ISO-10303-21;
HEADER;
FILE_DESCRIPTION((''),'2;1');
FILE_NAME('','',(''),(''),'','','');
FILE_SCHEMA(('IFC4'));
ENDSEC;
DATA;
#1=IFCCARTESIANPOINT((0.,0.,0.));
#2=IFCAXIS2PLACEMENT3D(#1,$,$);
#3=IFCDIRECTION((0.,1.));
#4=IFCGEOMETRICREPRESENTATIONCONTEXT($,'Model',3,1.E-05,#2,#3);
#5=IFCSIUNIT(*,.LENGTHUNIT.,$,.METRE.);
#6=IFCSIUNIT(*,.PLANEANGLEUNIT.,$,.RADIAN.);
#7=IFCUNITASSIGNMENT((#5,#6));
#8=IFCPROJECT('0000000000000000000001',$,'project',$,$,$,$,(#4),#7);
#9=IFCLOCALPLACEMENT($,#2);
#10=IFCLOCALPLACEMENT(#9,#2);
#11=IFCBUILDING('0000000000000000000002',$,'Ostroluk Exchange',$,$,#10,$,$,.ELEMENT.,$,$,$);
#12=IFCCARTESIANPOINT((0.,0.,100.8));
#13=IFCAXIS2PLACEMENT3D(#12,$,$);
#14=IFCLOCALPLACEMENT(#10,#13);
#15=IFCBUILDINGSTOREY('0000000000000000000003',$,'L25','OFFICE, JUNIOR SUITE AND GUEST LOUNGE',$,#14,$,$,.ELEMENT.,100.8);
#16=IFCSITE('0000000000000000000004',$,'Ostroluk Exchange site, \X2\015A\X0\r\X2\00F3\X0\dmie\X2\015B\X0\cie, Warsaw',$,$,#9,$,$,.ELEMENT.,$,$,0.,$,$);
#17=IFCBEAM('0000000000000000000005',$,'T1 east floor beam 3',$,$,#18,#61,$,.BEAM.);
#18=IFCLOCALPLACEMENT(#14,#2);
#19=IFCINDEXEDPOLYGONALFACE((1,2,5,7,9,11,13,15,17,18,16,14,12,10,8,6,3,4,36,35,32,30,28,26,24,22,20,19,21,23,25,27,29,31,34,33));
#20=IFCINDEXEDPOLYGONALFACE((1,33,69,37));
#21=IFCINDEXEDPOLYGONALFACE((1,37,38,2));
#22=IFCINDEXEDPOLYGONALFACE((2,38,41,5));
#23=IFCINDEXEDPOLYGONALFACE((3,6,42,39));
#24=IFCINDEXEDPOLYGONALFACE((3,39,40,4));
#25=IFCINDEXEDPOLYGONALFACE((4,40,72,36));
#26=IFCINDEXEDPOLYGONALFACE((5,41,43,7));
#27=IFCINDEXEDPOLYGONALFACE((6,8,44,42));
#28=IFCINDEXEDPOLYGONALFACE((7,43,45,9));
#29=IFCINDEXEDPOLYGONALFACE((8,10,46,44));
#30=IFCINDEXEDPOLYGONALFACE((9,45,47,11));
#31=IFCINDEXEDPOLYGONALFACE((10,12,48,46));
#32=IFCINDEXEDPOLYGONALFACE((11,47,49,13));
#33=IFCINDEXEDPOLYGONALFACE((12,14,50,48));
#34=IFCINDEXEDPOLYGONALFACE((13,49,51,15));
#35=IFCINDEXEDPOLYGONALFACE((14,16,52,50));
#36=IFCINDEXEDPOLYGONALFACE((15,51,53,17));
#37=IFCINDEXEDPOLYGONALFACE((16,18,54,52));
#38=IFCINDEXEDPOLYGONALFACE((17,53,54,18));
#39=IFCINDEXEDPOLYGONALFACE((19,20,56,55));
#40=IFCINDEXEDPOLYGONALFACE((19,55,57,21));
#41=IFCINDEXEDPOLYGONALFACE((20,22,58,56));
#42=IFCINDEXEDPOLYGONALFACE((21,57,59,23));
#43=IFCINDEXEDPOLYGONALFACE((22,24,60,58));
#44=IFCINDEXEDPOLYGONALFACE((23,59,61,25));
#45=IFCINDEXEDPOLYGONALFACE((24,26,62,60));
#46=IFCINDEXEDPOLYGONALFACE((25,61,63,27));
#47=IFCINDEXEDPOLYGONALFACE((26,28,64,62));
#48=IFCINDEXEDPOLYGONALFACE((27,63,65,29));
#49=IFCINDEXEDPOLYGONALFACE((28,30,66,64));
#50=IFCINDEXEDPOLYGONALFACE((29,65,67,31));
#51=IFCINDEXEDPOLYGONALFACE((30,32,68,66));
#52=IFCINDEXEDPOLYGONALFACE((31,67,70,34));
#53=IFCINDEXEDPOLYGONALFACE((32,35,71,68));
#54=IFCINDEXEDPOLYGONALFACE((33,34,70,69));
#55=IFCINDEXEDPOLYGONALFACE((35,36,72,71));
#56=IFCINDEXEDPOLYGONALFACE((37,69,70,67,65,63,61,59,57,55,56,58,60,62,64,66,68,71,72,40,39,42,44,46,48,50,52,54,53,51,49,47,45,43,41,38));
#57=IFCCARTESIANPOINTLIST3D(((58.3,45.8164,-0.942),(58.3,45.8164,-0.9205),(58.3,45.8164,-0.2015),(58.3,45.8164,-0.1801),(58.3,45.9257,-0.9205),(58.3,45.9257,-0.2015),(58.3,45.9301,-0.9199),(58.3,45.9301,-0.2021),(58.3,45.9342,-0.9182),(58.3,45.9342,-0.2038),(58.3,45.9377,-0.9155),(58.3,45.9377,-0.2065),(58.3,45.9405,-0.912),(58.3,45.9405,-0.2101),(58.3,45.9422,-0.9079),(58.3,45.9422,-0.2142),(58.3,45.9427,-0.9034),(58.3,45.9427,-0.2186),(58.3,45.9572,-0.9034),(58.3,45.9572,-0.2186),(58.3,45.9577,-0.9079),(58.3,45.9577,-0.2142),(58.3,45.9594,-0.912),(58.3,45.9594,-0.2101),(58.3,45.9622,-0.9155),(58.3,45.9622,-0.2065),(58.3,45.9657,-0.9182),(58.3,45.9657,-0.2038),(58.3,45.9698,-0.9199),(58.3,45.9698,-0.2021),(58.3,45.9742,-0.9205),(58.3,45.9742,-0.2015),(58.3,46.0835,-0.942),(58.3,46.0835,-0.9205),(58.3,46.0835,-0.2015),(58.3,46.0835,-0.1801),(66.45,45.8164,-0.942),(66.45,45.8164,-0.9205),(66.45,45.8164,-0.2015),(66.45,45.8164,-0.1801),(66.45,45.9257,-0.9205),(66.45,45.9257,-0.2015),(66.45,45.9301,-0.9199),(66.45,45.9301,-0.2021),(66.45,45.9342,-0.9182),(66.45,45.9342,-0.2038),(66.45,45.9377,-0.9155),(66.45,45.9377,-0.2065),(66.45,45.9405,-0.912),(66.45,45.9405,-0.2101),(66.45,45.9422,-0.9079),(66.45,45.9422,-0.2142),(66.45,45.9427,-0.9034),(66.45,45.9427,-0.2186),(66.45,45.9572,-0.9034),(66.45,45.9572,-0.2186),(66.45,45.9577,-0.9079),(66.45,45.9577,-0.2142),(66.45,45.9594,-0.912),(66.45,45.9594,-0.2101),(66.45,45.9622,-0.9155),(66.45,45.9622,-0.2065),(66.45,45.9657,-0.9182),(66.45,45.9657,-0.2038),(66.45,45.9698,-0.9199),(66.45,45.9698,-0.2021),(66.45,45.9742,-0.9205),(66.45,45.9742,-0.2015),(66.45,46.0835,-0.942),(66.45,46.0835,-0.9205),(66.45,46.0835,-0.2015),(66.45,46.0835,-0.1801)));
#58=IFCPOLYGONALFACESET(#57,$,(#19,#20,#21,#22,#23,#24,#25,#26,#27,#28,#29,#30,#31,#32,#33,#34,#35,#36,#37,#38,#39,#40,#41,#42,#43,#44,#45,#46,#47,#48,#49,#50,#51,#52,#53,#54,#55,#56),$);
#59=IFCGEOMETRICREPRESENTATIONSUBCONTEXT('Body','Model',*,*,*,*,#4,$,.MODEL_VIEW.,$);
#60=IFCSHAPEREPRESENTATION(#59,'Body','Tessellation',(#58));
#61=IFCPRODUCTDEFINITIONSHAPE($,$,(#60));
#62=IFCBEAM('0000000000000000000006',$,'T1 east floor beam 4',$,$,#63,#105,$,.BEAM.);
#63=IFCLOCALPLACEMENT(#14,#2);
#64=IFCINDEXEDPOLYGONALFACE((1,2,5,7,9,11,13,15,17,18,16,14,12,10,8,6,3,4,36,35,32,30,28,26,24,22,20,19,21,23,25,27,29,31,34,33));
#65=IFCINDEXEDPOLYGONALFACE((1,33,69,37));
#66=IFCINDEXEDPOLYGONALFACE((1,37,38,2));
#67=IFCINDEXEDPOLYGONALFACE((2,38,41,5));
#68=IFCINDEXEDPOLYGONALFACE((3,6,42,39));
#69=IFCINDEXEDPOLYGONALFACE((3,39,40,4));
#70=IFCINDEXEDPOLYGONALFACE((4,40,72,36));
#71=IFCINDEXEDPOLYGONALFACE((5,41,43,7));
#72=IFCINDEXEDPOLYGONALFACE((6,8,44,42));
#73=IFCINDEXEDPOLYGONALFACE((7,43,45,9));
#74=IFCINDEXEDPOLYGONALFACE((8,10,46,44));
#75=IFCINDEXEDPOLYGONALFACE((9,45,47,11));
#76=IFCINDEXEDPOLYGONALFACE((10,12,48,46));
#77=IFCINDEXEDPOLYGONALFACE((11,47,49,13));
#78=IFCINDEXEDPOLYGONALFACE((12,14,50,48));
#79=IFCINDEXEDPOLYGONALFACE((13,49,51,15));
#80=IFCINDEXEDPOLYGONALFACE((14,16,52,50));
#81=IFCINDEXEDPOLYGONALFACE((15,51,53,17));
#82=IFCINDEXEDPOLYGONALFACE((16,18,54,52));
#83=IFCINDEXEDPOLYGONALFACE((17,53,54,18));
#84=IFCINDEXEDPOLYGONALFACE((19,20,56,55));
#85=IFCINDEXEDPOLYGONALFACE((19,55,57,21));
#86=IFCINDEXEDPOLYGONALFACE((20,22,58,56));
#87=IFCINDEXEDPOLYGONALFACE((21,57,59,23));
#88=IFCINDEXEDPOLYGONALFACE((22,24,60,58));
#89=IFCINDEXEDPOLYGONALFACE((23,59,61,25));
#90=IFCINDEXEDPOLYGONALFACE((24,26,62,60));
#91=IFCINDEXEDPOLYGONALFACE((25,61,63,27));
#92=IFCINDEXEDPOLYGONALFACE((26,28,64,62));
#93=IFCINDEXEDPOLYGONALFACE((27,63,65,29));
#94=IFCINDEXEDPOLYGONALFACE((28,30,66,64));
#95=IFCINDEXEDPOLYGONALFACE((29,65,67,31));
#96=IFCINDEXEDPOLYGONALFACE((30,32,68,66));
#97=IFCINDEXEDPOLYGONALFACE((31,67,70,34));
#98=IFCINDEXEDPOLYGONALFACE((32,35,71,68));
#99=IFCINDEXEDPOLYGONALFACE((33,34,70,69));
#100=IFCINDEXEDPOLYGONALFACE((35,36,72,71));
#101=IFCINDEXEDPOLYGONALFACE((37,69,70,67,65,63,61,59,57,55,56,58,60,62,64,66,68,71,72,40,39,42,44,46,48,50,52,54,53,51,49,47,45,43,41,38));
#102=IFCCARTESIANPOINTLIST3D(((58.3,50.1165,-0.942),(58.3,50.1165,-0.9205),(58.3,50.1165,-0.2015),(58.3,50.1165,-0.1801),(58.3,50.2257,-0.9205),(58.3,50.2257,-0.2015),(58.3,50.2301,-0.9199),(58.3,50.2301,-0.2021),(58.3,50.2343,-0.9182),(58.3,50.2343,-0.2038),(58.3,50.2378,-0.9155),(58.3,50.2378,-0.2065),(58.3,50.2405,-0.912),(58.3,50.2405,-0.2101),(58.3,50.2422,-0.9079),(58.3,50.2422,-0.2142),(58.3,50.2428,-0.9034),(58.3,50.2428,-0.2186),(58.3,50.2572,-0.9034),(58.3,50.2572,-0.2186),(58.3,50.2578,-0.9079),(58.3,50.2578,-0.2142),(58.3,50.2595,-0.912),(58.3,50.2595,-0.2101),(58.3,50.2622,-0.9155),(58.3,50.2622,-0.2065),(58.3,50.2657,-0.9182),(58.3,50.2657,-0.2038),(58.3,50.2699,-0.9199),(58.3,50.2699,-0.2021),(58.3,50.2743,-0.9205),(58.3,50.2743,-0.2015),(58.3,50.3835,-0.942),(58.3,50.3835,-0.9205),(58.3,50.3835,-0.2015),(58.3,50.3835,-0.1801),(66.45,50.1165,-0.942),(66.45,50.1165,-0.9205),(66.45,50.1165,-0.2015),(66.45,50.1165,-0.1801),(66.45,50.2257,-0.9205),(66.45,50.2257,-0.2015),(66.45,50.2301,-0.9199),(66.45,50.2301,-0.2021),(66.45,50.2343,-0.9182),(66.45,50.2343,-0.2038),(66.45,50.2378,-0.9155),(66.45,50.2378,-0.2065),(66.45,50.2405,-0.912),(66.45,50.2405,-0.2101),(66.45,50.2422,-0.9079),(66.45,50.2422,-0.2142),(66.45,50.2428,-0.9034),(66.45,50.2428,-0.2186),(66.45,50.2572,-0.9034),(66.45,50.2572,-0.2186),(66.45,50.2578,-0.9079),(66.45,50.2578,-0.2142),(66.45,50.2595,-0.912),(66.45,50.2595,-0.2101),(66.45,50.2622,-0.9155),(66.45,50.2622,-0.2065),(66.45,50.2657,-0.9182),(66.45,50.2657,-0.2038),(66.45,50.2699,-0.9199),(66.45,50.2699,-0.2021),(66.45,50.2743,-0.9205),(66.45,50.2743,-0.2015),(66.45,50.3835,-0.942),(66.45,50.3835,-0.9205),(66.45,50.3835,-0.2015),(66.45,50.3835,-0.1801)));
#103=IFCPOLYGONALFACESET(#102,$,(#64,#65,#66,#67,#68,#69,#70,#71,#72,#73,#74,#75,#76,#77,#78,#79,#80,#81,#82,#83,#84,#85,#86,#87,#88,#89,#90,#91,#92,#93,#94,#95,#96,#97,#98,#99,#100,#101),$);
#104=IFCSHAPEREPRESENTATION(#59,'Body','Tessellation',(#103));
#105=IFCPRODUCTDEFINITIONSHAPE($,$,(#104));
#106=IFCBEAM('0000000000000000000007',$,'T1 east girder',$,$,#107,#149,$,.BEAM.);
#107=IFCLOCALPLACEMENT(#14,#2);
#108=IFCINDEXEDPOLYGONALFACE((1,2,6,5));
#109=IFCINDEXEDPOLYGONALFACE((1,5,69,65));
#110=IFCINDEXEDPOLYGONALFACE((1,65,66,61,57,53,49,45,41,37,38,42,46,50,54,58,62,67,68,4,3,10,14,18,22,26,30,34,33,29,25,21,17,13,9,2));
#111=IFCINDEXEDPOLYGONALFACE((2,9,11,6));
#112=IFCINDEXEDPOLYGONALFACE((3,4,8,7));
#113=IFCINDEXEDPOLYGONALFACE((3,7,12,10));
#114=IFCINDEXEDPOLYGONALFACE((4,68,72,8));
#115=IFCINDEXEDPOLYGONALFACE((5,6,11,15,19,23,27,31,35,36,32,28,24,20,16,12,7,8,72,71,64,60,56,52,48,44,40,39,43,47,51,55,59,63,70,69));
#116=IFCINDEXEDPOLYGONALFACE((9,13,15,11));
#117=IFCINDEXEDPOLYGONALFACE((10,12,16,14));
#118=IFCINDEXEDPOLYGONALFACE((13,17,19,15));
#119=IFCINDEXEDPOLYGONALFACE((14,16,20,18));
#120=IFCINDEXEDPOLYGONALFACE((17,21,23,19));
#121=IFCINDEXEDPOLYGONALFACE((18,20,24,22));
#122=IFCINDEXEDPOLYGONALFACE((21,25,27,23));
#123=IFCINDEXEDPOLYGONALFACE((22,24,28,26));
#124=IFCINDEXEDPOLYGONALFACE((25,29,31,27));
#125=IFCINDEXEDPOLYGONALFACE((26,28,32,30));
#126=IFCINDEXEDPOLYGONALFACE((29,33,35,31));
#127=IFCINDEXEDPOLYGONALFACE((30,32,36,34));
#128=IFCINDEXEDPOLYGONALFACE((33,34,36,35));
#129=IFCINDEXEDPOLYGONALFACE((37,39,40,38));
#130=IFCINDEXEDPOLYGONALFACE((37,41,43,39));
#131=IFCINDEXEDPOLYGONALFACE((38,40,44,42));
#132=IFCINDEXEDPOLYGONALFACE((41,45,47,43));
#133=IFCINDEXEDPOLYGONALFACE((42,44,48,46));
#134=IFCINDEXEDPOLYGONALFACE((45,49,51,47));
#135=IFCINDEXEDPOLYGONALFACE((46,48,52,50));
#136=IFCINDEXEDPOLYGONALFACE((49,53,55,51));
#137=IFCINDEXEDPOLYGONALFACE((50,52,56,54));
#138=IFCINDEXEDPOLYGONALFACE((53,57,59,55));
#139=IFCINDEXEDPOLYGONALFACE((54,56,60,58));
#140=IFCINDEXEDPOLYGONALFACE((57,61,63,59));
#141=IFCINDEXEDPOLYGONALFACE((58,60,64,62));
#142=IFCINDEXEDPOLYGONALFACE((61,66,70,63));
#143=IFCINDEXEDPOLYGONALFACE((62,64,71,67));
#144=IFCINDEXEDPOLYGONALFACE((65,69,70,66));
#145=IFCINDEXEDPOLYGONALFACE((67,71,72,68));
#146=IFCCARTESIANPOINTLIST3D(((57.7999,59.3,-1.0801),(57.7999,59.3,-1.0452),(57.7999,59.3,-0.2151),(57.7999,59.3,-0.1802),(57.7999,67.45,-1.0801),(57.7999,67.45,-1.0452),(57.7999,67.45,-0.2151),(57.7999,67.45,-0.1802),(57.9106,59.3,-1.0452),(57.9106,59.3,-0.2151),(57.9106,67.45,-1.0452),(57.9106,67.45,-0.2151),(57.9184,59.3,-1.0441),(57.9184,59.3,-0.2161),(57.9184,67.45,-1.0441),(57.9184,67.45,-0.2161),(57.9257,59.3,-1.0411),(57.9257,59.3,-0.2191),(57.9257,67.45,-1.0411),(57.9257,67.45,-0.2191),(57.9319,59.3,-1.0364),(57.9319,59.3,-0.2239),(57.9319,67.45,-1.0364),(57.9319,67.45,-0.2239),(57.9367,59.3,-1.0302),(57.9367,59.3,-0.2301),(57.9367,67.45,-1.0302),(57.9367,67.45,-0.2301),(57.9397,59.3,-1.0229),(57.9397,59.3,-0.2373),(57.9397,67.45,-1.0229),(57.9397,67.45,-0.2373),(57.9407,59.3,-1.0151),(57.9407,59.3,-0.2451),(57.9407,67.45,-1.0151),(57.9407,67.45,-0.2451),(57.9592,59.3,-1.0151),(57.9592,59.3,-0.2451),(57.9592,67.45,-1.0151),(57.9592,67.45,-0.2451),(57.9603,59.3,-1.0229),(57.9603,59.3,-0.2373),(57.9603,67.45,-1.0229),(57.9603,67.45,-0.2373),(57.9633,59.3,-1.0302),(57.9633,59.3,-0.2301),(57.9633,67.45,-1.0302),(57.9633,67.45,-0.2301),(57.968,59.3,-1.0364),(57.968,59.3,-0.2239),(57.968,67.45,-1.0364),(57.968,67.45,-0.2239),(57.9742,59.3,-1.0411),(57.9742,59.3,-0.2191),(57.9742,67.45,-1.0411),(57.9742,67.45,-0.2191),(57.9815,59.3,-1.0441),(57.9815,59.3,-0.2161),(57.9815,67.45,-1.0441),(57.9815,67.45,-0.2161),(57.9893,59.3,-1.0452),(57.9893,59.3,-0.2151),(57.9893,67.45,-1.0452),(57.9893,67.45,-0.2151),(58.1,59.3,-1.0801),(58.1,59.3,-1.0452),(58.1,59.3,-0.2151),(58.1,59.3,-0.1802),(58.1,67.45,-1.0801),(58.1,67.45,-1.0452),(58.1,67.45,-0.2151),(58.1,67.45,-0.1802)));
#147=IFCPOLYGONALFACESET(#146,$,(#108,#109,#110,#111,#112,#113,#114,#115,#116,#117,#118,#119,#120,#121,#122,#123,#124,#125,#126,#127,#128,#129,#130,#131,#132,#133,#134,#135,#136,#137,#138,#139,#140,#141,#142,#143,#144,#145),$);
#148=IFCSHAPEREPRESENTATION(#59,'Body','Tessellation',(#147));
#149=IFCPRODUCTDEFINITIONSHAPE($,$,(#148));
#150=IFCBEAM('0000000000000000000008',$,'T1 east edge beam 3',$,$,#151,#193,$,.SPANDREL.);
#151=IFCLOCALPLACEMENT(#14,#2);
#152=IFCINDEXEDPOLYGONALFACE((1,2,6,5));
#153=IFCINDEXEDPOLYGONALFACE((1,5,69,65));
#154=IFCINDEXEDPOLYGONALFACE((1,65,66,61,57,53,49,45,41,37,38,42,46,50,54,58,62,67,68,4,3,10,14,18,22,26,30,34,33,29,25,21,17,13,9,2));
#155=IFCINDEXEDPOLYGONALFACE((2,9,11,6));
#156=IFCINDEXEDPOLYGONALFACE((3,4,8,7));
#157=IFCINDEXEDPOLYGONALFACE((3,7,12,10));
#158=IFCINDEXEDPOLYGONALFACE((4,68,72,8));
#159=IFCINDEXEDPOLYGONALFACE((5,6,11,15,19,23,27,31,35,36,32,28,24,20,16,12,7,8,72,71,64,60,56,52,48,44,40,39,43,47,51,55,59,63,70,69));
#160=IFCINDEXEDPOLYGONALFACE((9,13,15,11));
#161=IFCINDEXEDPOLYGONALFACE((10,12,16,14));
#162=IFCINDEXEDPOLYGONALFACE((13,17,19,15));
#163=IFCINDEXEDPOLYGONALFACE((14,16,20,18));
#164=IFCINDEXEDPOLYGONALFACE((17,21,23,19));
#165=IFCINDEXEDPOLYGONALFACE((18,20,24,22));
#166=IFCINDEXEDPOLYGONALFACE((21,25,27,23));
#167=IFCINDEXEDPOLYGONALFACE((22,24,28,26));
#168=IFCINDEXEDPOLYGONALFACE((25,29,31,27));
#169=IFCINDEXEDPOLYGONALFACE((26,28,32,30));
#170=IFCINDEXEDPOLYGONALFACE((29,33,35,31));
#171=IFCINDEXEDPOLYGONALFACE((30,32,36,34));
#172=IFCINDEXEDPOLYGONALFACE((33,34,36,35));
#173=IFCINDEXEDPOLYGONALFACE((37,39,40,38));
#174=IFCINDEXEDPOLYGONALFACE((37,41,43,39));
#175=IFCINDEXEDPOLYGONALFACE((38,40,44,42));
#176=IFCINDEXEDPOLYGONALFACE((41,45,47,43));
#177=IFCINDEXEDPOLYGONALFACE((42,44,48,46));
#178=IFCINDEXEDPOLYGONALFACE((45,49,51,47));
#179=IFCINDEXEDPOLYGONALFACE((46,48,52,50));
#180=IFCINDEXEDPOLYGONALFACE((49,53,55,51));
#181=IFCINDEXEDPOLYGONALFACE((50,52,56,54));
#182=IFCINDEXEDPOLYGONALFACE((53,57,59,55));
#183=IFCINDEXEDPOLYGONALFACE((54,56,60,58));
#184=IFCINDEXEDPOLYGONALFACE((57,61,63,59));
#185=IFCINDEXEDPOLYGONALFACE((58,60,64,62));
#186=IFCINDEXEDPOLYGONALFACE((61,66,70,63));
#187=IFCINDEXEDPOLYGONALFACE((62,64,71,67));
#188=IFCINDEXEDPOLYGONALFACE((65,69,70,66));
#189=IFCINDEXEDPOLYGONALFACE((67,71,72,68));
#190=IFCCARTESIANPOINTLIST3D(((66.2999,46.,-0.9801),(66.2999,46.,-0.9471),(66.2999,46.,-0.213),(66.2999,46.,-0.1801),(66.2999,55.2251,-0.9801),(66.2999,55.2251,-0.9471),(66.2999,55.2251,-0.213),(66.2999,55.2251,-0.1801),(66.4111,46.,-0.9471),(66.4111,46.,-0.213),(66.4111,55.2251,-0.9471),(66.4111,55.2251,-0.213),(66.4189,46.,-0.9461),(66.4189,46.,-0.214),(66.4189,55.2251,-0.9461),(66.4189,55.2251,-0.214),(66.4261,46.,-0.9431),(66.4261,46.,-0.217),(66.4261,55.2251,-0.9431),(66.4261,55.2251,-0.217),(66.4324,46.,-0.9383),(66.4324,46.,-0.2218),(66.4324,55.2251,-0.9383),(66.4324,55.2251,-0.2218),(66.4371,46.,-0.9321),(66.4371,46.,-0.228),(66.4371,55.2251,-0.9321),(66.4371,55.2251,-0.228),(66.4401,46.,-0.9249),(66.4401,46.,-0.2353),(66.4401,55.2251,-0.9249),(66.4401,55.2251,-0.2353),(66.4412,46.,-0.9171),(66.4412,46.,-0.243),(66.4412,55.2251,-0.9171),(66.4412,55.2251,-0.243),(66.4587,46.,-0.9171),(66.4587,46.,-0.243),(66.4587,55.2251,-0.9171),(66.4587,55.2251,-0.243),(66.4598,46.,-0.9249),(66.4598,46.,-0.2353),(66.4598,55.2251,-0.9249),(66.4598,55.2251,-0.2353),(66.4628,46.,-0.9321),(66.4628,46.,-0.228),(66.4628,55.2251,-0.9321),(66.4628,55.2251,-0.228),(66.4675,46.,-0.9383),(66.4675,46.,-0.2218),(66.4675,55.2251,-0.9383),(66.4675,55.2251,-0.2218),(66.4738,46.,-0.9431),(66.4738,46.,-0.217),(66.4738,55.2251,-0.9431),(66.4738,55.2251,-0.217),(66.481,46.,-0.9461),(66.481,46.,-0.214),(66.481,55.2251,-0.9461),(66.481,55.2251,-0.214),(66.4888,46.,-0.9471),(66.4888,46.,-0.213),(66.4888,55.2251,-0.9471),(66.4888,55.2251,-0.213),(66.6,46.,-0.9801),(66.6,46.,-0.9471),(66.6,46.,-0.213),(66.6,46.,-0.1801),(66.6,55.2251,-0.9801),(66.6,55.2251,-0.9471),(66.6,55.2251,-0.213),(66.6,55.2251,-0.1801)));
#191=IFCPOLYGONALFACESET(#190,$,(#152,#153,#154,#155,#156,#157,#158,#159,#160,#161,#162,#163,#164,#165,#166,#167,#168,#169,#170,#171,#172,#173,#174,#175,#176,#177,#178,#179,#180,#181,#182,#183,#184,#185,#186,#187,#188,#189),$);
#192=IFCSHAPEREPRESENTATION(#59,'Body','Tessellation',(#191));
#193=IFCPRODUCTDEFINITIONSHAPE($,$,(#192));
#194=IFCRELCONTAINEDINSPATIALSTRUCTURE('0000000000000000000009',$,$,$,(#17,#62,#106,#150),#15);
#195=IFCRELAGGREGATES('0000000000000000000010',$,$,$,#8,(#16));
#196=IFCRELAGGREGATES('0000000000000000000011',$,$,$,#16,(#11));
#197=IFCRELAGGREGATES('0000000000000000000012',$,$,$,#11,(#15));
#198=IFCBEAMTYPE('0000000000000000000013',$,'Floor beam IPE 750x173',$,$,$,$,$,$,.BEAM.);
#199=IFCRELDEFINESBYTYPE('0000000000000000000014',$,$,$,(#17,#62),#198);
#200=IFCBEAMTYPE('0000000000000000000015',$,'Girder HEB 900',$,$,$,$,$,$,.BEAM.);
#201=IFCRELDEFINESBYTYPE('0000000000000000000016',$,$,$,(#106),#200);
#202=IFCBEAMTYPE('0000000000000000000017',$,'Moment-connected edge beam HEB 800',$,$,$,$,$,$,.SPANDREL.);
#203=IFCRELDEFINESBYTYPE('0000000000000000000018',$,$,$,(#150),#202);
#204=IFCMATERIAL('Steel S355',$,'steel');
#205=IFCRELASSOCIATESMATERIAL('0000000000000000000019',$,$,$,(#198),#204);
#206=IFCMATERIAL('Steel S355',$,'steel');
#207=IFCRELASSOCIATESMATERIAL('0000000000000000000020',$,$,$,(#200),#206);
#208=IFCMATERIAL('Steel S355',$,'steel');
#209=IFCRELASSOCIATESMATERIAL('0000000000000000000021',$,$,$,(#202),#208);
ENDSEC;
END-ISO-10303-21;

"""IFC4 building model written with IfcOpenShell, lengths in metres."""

from ifc_helpers import new_model, si_unit, direction, frame, origin, origin_2d, place, context, subcontext, project, spatial, i_section, extrude, material, material_profile, profile_set, type_object, element, save


model = new_model("IFC4")

# Units and contexts
model_context = context("Model", 3, precision=1e-05, world=origin(), true_north=direction((0.0, 1.0)))
body_context = subcontext(model_context, "Body", "Model", "MODEL_VIEW")
ifc_project = project(units=[si_unit("LENGTHUNIT", "METRE"), si_unit("PLANEANGLEUNIT", "RADIAN")], contexts=[model_context])

# Site, building, storey
site_placement = place(None, origin())
site = spatial("IfcSite", under=ifc_project, at=site_placement, Name="Ostroluk Exchange site, Śródmieście, Warsaw", CompositionType="ELEMENT", RefElevation=0.0)
building_placement = place(site_placement, origin())
building = spatial("IfcBuilding", under=site, at=building_placement, Name="Ostroluk Exchange", CompositionType="ELEMENT")
storey_placement = place(building_placement, frame((0.0, 0.0, 100.8)))
storey = spatial("IfcBuildingStorey", under=building, at=storey_placement, Name="L25", Description="OFFICE, JUNIOR SUITE AND GUEST LOUNGE", CompositionType="ELEMENT", Elevation=100.8)

# Beams
ifc_material_1 = material(Name="Steel S355", Category="steel")
ifc_material_profile_1 = material_profile(ifc_material_1, i_section(OverallWidth=0.2671, OverallDepth=0.762, WebThickness=0.0144, FlangeThickness=0.0215, FilletRadius=0.0171, at=origin_2d()), Name="IPE 750x173")
ifc_profile_set_1 = profile_set([ifc_material_profile_1], Name="Steel S355")
beam_type_1 = type_object("IfcBeamType", Name="Floor beam IPE 750x173", PredefinedType="BEAM", material=ifc_profile_set_1)
for number, where, z_axis, x_axis, name in (
    (1, (58.3, 45.95, -0.561), (1.0, 0.0, 0.0), (0.0, 1.0, 0.0), "T1 east floor beam 3"),
    (2, (58.3, 50.25, -0.561), (1.0, 0.0, 0.0), (0.0, 1.0, 0.0), "T1 east floor beam 4"),
):
    element("IfcBeam", number, at=place(storey_placement, frame(where, z_axis=z_axis, x_axis=x_axis)), inside=storey, type_object=beam_type_1, Name=name, PredefinedType="BEAM", context=body_context, shape_type="SweptSolid", body=[
        extrude(i_section(OverallWidth=0.2671, OverallDepth=0.762, WebThickness=0.0144, FlangeThickness=0.0215, FilletRadius=0.0171, at=origin_2d()), origin(), (0.0, 0.0, 1.0), 8.1499),
    ])
ifc_material_2 = material(Name="Steel S355", Category="steel")
ifc_material_profile_2 = material_profile(ifc_material_2, i_section(OverallWidth=0.3, OverallDepth=0.8999, WebThickness=0.0186, FlangeThickness=0.0349, FilletRadius=0.03, at=origin_2d()), Name="HEB 900")
ifc_profile_set_2 = profile_set([ifc_material_profile_2], Name="Steel S355")
beam_type_2 = type_object("IfcBeamType", Name="Girder HEB 900", PredefinedType="BEAM", material=ifc_profile_set_2)
beam_1_placement = place(storey_placement, frame((57.95, 59.3, -0.6301), z_axis=(0.0, 1.0, 0.0), x_axis=(-1.0, 0.0, 0.0)))
element("IfcBeam", 3, at=beam_1_placement, inside=storey, type_object=beam_type_2, Name="T1 east girder", PredefinedType="BEAM", context=body_context, shape_type="SweptSolid", body=[
    extrude(i_section(OverallWidth=0.3, OverallDepth=0.8999, WebThickness=0.0186, FlangeThickness=0.0349, FilletRadius=0.03, at=origin_2d()), origin(), (0.0, 0.0, 1.0), 8.1499),
])
ifc_material_3 = material(Name="Steel S355", Category="steel")
ifc_material_profile_3 = material_profile(ifc_material_3, i_section(OverallWidth=0.3, OverallDepth=0.8, WebThickness=0.0176, FlangeThickness=0.033, FilletRadius=0.03, at=origin_2d()), Name="HEB 800")
ifc_profile_set_3 = profile_set([ifc_material_profile_3], Name="Steel S355")
beam_type_3 = type_object("IfcBeamType", Name="Moment-connected edge beam HEB 800", PredefinedType="SPANDREL", material=ifc_profile_set_3)
beam_2_placement = place(storey_placement, frame((66.45, 46.0, -0.5801), z_axis=(0.0, 1.0, 0.0), x_axis=(-1.0, 0.0, 0.0)))
element("IfcBeam", 4, at=beam_2_placement, inside=storey, type_object=beam_type_3, Name="T1 east edge beam 3", PredefinedType="SPANDREL", context=body_context, shape_type="SweptSolid", body=[
    extrude(i_section(OverallWidth=0.3, OverallDepth=0.8, WebThickness=0.0176, FlangeThickness=0.033, FilletRadius=0.03, at=origin_2d()), origin(), (0.0, 0.0, 1.0), 9.2251),
])

save(model, "model.ifc")
